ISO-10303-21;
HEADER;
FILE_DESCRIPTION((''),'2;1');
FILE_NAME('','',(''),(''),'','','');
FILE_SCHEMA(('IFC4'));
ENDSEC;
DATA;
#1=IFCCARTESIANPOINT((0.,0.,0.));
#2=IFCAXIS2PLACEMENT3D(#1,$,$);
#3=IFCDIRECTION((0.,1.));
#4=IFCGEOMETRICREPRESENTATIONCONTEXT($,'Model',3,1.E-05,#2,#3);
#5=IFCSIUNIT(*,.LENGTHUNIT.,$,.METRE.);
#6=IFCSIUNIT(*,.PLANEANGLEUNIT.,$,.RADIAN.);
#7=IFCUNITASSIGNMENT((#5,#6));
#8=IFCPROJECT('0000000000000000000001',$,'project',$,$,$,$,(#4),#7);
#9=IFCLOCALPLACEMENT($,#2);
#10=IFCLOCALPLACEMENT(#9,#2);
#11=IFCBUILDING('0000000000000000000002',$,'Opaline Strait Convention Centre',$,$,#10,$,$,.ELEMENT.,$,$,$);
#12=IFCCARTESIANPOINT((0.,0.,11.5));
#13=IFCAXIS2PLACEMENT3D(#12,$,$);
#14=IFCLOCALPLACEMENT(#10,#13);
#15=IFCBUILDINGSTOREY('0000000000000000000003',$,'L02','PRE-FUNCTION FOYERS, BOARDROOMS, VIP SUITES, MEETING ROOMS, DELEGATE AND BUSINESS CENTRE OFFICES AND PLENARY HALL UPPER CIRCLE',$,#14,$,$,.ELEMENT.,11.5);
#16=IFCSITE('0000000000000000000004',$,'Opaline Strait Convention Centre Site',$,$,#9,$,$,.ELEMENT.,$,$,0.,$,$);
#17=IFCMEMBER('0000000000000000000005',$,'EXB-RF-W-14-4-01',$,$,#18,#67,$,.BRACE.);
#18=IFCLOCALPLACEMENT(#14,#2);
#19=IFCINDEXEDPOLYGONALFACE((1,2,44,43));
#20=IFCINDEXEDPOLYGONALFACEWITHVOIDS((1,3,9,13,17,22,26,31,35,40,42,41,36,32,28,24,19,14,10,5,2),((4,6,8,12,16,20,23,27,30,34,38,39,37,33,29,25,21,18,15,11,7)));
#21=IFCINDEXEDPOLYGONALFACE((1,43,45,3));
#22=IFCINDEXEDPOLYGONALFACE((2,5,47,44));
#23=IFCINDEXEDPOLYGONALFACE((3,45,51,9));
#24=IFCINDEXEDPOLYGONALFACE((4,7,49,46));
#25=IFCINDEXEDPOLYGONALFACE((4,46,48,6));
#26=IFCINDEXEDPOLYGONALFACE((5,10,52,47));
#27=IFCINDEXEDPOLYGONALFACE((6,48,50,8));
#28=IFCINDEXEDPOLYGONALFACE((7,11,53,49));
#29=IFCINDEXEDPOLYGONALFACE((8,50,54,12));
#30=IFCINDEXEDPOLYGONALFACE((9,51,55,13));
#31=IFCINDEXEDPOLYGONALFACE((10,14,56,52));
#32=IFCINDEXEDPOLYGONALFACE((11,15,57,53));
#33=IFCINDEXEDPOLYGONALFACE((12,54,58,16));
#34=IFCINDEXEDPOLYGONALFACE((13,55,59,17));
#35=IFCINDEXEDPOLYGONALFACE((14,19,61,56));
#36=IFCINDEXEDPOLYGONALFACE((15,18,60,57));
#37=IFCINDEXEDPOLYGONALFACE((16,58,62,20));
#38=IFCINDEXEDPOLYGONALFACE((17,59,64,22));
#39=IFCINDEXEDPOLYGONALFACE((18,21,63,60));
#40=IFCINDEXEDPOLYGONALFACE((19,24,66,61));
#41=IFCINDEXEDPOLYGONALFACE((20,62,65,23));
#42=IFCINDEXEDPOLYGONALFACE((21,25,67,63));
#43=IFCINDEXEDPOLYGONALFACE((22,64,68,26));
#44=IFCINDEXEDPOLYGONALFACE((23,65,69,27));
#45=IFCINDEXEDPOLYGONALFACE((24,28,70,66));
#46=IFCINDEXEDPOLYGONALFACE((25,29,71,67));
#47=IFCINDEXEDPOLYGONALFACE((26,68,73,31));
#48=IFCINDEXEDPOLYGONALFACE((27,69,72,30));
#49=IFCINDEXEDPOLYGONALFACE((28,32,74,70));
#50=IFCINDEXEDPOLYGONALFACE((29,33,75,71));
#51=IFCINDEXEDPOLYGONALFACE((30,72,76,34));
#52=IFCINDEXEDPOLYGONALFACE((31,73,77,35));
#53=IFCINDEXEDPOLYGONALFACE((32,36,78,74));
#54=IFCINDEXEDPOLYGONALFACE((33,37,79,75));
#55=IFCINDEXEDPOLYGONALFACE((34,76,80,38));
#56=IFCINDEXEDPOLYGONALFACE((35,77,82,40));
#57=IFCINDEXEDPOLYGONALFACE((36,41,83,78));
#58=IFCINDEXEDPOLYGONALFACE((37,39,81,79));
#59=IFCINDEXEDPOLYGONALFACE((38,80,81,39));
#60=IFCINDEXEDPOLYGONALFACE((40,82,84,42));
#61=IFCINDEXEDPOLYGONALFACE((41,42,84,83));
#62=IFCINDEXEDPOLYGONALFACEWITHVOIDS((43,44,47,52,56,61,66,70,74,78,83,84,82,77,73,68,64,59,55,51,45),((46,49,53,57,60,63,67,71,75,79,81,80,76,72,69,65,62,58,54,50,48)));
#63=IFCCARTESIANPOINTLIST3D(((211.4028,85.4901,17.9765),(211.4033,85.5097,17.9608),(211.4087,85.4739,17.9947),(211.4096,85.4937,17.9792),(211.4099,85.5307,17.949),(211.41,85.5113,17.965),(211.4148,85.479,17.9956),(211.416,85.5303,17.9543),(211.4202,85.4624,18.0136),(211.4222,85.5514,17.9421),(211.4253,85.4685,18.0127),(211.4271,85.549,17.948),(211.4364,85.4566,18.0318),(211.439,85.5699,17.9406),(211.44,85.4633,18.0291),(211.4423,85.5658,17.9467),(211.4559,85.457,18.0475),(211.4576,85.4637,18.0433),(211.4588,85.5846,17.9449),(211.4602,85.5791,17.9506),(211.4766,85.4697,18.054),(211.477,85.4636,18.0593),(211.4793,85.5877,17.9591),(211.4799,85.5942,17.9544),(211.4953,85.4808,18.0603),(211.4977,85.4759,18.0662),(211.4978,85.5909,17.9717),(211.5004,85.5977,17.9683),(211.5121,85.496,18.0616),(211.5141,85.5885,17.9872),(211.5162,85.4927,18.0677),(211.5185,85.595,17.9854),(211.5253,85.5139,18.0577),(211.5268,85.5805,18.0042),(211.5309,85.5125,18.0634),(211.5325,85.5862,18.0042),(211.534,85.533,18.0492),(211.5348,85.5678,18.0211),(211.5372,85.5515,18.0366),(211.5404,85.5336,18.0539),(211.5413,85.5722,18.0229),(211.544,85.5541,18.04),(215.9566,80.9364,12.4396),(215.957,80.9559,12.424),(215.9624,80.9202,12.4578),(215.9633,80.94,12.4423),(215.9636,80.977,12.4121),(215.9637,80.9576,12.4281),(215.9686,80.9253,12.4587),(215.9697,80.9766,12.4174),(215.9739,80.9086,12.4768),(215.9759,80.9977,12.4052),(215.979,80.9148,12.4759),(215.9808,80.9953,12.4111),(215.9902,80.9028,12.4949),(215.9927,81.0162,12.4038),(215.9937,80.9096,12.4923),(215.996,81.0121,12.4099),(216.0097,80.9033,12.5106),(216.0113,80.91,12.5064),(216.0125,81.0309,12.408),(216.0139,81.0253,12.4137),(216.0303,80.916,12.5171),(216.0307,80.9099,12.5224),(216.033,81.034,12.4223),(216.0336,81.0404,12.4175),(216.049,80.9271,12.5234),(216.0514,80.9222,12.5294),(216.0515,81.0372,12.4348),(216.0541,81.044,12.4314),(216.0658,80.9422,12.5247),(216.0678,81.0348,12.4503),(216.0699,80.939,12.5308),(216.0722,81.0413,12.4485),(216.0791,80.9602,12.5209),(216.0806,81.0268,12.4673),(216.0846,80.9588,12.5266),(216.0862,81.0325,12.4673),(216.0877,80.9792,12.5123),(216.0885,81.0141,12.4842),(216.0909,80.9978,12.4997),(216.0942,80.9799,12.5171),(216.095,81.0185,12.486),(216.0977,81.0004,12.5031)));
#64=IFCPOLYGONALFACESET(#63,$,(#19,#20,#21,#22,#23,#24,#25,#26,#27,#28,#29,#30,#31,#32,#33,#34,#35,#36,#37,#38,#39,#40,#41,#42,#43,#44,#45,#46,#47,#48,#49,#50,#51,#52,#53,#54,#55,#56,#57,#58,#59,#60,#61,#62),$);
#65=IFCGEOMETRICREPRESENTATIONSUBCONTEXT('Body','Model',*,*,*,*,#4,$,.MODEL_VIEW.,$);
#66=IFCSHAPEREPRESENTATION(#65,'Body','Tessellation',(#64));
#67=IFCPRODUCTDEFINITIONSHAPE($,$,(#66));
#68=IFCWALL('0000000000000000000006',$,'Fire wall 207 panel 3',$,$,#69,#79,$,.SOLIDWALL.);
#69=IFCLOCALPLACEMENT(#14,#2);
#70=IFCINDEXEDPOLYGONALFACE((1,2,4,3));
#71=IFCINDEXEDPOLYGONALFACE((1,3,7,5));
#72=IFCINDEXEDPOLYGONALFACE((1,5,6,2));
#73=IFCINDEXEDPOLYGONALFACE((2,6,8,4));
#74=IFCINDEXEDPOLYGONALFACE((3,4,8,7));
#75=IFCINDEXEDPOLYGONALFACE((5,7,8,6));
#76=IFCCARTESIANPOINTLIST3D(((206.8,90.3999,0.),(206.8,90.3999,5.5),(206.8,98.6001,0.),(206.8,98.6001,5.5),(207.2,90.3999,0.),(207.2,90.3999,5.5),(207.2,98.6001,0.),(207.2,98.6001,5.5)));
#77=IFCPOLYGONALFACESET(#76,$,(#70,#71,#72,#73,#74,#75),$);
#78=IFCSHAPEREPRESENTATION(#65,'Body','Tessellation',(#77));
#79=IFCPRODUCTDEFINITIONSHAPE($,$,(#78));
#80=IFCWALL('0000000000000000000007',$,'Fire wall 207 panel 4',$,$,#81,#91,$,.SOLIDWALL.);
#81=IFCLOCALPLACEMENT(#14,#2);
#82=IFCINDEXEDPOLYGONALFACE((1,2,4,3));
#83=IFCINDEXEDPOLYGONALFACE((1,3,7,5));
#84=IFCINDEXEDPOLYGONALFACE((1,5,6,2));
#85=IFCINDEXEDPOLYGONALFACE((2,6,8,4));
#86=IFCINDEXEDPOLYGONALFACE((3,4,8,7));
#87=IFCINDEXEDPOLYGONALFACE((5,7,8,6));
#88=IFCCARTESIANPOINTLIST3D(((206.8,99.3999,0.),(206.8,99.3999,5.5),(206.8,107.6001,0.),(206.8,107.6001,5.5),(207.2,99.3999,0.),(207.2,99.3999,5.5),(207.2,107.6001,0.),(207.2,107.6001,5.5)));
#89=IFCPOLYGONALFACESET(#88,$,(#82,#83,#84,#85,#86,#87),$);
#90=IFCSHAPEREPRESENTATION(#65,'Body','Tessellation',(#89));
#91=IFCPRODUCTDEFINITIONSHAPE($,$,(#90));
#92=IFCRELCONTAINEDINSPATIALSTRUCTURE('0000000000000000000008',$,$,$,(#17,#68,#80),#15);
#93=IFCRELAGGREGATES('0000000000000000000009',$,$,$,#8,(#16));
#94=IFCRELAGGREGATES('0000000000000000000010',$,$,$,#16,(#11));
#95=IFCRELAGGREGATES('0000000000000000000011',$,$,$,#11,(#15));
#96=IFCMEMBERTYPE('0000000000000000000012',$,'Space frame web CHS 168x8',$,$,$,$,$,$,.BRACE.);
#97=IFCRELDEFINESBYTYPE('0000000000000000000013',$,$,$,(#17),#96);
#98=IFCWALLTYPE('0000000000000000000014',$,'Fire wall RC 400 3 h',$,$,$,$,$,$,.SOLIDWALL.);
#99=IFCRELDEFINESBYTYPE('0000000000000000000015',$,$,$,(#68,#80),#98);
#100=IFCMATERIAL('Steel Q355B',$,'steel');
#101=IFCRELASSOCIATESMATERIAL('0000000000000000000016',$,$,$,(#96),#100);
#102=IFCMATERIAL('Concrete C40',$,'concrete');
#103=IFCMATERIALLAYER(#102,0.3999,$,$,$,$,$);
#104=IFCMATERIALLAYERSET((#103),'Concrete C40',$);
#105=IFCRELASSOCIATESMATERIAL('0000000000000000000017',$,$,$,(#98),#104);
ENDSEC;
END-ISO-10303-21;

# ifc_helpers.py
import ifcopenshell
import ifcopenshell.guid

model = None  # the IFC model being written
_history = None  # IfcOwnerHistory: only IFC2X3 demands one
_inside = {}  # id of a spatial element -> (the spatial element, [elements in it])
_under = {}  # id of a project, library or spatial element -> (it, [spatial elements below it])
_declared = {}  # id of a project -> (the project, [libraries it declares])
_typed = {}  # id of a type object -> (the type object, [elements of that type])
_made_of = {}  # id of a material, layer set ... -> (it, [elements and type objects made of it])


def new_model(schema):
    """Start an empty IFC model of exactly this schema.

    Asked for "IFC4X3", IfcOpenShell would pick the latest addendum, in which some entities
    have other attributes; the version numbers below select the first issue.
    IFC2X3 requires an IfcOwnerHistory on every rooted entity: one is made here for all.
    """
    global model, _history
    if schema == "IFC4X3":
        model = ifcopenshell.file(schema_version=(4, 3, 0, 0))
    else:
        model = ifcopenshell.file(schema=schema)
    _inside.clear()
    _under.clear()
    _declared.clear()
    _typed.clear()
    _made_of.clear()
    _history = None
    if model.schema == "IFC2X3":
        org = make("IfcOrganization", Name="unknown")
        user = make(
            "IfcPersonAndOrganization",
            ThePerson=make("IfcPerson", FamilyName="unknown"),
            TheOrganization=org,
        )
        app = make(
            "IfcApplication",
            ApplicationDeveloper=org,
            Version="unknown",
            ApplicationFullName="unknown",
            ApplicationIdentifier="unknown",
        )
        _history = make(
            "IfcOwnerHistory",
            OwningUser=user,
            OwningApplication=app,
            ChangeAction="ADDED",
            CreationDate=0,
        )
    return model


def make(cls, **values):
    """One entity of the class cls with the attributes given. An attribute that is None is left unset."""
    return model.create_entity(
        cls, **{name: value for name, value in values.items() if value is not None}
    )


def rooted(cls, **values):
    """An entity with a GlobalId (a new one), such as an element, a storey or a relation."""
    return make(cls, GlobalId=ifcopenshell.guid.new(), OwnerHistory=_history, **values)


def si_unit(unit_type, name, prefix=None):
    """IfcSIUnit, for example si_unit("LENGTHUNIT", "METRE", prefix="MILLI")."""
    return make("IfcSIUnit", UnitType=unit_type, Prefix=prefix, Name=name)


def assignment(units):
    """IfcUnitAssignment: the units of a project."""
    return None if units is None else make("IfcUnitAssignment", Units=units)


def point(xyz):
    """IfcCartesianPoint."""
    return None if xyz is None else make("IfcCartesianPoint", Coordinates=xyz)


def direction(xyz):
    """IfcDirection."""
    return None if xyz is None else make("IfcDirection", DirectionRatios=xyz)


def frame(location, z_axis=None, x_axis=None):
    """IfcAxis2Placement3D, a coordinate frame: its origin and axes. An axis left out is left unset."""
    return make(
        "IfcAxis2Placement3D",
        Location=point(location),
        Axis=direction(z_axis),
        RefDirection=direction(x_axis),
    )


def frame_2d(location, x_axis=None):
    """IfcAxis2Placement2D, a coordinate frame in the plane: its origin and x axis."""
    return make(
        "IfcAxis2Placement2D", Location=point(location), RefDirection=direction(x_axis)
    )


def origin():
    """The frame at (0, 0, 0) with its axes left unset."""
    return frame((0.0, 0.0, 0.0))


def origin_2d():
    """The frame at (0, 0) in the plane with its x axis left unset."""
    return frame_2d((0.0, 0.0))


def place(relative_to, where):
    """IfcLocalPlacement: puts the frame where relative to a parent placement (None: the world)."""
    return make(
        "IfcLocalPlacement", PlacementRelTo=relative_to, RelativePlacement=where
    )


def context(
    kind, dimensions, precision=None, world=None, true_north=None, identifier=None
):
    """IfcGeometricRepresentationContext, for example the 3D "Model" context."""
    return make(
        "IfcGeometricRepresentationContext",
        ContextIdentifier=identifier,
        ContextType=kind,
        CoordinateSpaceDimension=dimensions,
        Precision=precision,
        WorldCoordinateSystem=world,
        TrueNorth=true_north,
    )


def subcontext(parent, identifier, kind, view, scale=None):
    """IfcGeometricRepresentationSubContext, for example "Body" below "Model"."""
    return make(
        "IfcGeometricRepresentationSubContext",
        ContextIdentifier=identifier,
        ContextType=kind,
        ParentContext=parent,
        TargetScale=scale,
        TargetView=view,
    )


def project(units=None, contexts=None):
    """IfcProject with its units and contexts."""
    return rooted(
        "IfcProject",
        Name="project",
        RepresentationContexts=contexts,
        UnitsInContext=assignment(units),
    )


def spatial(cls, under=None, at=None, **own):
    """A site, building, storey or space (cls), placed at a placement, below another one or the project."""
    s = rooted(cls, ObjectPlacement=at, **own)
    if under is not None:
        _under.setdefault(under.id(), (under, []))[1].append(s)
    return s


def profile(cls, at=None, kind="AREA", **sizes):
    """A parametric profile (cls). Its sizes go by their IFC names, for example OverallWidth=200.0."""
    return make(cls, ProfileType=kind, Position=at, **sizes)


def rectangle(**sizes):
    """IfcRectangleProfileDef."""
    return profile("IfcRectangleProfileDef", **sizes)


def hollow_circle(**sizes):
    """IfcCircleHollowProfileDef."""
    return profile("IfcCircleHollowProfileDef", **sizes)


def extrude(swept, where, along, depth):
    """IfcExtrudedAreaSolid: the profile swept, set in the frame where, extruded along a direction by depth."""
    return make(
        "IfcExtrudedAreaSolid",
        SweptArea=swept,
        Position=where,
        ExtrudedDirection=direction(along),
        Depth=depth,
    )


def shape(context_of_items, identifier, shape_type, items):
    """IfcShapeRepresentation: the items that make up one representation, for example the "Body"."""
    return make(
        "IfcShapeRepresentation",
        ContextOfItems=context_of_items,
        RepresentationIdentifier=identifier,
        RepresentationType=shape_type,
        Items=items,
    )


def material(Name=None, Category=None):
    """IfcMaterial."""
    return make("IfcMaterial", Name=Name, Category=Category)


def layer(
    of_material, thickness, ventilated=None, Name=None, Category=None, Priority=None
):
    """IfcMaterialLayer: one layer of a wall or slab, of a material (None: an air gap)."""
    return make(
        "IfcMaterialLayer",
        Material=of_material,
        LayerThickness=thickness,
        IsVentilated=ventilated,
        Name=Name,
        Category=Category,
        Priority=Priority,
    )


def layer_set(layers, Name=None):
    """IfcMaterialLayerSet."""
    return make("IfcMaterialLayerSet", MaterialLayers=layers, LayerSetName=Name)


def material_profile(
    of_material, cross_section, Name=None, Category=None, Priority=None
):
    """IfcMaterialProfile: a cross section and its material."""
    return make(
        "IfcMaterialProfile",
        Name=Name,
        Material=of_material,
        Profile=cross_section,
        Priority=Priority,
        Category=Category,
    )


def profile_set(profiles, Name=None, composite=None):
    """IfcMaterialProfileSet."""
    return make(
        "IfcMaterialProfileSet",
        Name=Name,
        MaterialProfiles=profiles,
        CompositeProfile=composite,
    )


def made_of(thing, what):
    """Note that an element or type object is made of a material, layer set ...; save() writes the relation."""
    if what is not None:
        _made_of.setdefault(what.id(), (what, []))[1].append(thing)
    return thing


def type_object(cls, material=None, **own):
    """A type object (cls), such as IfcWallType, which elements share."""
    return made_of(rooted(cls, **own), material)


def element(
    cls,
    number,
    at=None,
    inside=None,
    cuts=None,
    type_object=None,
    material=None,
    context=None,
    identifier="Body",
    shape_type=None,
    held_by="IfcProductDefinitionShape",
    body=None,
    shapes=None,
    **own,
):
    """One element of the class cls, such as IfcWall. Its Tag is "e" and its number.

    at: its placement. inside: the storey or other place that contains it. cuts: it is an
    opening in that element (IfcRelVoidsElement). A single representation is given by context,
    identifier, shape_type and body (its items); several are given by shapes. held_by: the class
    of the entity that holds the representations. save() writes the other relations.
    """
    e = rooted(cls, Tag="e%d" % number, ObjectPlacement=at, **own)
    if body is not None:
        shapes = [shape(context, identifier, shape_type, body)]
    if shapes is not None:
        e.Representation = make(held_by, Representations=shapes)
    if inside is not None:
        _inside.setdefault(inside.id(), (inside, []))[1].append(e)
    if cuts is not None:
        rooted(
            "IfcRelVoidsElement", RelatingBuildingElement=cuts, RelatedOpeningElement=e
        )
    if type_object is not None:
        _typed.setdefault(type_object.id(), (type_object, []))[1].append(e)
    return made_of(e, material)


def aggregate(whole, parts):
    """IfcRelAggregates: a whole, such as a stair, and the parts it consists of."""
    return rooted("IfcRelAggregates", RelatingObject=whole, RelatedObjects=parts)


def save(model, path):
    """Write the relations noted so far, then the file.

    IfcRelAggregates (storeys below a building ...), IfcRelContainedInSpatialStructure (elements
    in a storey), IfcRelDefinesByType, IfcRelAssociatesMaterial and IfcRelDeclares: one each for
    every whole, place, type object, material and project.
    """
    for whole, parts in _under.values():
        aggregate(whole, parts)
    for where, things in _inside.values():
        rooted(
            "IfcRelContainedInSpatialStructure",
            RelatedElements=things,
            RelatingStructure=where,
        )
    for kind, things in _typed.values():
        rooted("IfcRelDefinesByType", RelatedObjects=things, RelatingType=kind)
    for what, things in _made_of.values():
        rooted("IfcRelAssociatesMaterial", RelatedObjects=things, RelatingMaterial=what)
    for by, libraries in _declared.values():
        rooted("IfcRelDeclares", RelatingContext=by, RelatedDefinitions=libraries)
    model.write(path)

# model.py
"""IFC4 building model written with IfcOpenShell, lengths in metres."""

from ifc_helpers import new_model, si_unit, direction, frame, frame_2d, origin, origin_2d, place, context, subcontext, project, spatial, rectangle, hollow_circle, extrude, material, layer, layer_set, material_profile, profile_set, type_object, element, save


model = new_model("IFC4")

# Units and contexts
model_context = context("Model", 3, precision=1e-05, world=origin(), true_north=direction((0.0, 1.0)))
body_context = subcontext(model_context, "Body", "Model", "MODEL_VIEW")
ifc_project = project(units=[si_unit("LENGTHUNIT", "METRE"), si_unit("PLANEANGLEUNIT", "RADIAN")], contexts=[model_context])

# Site, building, storey
site_placement = place(None, origin())
site = spatial("IfcSite", under=ifc_project, at=site_placement, Name="Opaline Strait Convention Centre Site", CompositionType="ELEMENT", RefElevation=0.0)
building_placement = place(site_placement, origin())
building = spatial("IfcBuilding", under=site, at=building_placement, Name="Opaline Strait Convention Centre", CompositionType="ELEMENT")
storey_placement = place(building_placement, frame((0.0, 0.0, 11.5)))
storey = spatial("IfcBuildingStorey", under=building, at=storey_placement, Name="L02", Description="PRE-FUNCTION FOYERS, BOARDROOMS, VIP SUITES, MEETING ROOMS, DELEGATE AND BUSINESS CENTRE OFFICES AND PLENARY HALL UPPER CIRCLE", CompositionType="ELEMENT", Elevation=11.5)

# Shared definitions
ifc_material_1 = material(Name="Concrete C40", Category="concrete")

# Member
ifc_material_2 = material(Name="Steel Q355B", Category="steel")
ifc_material_profile_1 = material_profile(ifc_material_2, hollow_circle(Radius=0.084, WallThickness=0.0081, at=origin_2d()), Name="CHS 168x8")
ifc_profile_set_1 = profile_set([ifc_material_profile_1], Name="Steel Q355B")
member_type_1 = type_object("IfcMemberType", Name="Space frame web CHS 168x8", PredefinedType="BRACE", material=ifc_profile_set_1)
for number, where, z_axis, x_axis, name in (
    (1, (211.4731, 85.5269, 18.0042), (0.536178, -0.536178, -0.65194), (0.707107, 0.707107, 0.0), "EXB-RF-W-14-4-01"),
):
    element("IfcMember", number, at=place(storey_placement, frame(where, z_axis=z_axis, x_axis=x_axis)), inside=storey, type_object=member_type_1, Name=name, PredefinedType="BRACE", context=body_context, shape_type="SweptSolid", body=[
        extrude(hollow_circle(Radius=0.084, WallThickness=0.0081, at=origin_2d()), origin(), (0.0, 0.0, 1.0), 8.4929),
    ])

# Walls
ifc_layer = layer(ifc_material_1, 0.3999)
ifc_layer_set = layer_set([ifc_layer], Name="Concrete C40")
wall_type = type_object("IfcWallType", Name="Fire wall RC 400 3 h", PredefinedType="SOLIDWALL", material=ifc_layer_set)
for number, where, z_axis, x_axis, name in (
    (2, (207.0, 90.3999, 0.0), (0.0, 0.0, 1.0), (0.0, 1.0, 0.0), "Fire wall 207 panel 3"),
    (3, (207.0, 99.3999, 0.0), (0.0, 0.0, 1.0), (0.0, 1.0, 0.0), "Fire wall 207 panel 4"),
):
    element("IfcWall", number, at=place(storey_placement, frame(where, z_axis=z_axis, x_axis=x_axis)), inside=storey, type_object=wall_type, Name=name, PredefinedType="SOLIDWALL", context=body_context, shape_type="SweptSolid", body=[
        extrude(rectangle(XDim=8.2002, YDim=0.3999, at=frame_2d((4.1001, 0.0))), origin(), (0.0, 0.0, 1.0), 5.5),
    ])

save(model, "model.ifc")
